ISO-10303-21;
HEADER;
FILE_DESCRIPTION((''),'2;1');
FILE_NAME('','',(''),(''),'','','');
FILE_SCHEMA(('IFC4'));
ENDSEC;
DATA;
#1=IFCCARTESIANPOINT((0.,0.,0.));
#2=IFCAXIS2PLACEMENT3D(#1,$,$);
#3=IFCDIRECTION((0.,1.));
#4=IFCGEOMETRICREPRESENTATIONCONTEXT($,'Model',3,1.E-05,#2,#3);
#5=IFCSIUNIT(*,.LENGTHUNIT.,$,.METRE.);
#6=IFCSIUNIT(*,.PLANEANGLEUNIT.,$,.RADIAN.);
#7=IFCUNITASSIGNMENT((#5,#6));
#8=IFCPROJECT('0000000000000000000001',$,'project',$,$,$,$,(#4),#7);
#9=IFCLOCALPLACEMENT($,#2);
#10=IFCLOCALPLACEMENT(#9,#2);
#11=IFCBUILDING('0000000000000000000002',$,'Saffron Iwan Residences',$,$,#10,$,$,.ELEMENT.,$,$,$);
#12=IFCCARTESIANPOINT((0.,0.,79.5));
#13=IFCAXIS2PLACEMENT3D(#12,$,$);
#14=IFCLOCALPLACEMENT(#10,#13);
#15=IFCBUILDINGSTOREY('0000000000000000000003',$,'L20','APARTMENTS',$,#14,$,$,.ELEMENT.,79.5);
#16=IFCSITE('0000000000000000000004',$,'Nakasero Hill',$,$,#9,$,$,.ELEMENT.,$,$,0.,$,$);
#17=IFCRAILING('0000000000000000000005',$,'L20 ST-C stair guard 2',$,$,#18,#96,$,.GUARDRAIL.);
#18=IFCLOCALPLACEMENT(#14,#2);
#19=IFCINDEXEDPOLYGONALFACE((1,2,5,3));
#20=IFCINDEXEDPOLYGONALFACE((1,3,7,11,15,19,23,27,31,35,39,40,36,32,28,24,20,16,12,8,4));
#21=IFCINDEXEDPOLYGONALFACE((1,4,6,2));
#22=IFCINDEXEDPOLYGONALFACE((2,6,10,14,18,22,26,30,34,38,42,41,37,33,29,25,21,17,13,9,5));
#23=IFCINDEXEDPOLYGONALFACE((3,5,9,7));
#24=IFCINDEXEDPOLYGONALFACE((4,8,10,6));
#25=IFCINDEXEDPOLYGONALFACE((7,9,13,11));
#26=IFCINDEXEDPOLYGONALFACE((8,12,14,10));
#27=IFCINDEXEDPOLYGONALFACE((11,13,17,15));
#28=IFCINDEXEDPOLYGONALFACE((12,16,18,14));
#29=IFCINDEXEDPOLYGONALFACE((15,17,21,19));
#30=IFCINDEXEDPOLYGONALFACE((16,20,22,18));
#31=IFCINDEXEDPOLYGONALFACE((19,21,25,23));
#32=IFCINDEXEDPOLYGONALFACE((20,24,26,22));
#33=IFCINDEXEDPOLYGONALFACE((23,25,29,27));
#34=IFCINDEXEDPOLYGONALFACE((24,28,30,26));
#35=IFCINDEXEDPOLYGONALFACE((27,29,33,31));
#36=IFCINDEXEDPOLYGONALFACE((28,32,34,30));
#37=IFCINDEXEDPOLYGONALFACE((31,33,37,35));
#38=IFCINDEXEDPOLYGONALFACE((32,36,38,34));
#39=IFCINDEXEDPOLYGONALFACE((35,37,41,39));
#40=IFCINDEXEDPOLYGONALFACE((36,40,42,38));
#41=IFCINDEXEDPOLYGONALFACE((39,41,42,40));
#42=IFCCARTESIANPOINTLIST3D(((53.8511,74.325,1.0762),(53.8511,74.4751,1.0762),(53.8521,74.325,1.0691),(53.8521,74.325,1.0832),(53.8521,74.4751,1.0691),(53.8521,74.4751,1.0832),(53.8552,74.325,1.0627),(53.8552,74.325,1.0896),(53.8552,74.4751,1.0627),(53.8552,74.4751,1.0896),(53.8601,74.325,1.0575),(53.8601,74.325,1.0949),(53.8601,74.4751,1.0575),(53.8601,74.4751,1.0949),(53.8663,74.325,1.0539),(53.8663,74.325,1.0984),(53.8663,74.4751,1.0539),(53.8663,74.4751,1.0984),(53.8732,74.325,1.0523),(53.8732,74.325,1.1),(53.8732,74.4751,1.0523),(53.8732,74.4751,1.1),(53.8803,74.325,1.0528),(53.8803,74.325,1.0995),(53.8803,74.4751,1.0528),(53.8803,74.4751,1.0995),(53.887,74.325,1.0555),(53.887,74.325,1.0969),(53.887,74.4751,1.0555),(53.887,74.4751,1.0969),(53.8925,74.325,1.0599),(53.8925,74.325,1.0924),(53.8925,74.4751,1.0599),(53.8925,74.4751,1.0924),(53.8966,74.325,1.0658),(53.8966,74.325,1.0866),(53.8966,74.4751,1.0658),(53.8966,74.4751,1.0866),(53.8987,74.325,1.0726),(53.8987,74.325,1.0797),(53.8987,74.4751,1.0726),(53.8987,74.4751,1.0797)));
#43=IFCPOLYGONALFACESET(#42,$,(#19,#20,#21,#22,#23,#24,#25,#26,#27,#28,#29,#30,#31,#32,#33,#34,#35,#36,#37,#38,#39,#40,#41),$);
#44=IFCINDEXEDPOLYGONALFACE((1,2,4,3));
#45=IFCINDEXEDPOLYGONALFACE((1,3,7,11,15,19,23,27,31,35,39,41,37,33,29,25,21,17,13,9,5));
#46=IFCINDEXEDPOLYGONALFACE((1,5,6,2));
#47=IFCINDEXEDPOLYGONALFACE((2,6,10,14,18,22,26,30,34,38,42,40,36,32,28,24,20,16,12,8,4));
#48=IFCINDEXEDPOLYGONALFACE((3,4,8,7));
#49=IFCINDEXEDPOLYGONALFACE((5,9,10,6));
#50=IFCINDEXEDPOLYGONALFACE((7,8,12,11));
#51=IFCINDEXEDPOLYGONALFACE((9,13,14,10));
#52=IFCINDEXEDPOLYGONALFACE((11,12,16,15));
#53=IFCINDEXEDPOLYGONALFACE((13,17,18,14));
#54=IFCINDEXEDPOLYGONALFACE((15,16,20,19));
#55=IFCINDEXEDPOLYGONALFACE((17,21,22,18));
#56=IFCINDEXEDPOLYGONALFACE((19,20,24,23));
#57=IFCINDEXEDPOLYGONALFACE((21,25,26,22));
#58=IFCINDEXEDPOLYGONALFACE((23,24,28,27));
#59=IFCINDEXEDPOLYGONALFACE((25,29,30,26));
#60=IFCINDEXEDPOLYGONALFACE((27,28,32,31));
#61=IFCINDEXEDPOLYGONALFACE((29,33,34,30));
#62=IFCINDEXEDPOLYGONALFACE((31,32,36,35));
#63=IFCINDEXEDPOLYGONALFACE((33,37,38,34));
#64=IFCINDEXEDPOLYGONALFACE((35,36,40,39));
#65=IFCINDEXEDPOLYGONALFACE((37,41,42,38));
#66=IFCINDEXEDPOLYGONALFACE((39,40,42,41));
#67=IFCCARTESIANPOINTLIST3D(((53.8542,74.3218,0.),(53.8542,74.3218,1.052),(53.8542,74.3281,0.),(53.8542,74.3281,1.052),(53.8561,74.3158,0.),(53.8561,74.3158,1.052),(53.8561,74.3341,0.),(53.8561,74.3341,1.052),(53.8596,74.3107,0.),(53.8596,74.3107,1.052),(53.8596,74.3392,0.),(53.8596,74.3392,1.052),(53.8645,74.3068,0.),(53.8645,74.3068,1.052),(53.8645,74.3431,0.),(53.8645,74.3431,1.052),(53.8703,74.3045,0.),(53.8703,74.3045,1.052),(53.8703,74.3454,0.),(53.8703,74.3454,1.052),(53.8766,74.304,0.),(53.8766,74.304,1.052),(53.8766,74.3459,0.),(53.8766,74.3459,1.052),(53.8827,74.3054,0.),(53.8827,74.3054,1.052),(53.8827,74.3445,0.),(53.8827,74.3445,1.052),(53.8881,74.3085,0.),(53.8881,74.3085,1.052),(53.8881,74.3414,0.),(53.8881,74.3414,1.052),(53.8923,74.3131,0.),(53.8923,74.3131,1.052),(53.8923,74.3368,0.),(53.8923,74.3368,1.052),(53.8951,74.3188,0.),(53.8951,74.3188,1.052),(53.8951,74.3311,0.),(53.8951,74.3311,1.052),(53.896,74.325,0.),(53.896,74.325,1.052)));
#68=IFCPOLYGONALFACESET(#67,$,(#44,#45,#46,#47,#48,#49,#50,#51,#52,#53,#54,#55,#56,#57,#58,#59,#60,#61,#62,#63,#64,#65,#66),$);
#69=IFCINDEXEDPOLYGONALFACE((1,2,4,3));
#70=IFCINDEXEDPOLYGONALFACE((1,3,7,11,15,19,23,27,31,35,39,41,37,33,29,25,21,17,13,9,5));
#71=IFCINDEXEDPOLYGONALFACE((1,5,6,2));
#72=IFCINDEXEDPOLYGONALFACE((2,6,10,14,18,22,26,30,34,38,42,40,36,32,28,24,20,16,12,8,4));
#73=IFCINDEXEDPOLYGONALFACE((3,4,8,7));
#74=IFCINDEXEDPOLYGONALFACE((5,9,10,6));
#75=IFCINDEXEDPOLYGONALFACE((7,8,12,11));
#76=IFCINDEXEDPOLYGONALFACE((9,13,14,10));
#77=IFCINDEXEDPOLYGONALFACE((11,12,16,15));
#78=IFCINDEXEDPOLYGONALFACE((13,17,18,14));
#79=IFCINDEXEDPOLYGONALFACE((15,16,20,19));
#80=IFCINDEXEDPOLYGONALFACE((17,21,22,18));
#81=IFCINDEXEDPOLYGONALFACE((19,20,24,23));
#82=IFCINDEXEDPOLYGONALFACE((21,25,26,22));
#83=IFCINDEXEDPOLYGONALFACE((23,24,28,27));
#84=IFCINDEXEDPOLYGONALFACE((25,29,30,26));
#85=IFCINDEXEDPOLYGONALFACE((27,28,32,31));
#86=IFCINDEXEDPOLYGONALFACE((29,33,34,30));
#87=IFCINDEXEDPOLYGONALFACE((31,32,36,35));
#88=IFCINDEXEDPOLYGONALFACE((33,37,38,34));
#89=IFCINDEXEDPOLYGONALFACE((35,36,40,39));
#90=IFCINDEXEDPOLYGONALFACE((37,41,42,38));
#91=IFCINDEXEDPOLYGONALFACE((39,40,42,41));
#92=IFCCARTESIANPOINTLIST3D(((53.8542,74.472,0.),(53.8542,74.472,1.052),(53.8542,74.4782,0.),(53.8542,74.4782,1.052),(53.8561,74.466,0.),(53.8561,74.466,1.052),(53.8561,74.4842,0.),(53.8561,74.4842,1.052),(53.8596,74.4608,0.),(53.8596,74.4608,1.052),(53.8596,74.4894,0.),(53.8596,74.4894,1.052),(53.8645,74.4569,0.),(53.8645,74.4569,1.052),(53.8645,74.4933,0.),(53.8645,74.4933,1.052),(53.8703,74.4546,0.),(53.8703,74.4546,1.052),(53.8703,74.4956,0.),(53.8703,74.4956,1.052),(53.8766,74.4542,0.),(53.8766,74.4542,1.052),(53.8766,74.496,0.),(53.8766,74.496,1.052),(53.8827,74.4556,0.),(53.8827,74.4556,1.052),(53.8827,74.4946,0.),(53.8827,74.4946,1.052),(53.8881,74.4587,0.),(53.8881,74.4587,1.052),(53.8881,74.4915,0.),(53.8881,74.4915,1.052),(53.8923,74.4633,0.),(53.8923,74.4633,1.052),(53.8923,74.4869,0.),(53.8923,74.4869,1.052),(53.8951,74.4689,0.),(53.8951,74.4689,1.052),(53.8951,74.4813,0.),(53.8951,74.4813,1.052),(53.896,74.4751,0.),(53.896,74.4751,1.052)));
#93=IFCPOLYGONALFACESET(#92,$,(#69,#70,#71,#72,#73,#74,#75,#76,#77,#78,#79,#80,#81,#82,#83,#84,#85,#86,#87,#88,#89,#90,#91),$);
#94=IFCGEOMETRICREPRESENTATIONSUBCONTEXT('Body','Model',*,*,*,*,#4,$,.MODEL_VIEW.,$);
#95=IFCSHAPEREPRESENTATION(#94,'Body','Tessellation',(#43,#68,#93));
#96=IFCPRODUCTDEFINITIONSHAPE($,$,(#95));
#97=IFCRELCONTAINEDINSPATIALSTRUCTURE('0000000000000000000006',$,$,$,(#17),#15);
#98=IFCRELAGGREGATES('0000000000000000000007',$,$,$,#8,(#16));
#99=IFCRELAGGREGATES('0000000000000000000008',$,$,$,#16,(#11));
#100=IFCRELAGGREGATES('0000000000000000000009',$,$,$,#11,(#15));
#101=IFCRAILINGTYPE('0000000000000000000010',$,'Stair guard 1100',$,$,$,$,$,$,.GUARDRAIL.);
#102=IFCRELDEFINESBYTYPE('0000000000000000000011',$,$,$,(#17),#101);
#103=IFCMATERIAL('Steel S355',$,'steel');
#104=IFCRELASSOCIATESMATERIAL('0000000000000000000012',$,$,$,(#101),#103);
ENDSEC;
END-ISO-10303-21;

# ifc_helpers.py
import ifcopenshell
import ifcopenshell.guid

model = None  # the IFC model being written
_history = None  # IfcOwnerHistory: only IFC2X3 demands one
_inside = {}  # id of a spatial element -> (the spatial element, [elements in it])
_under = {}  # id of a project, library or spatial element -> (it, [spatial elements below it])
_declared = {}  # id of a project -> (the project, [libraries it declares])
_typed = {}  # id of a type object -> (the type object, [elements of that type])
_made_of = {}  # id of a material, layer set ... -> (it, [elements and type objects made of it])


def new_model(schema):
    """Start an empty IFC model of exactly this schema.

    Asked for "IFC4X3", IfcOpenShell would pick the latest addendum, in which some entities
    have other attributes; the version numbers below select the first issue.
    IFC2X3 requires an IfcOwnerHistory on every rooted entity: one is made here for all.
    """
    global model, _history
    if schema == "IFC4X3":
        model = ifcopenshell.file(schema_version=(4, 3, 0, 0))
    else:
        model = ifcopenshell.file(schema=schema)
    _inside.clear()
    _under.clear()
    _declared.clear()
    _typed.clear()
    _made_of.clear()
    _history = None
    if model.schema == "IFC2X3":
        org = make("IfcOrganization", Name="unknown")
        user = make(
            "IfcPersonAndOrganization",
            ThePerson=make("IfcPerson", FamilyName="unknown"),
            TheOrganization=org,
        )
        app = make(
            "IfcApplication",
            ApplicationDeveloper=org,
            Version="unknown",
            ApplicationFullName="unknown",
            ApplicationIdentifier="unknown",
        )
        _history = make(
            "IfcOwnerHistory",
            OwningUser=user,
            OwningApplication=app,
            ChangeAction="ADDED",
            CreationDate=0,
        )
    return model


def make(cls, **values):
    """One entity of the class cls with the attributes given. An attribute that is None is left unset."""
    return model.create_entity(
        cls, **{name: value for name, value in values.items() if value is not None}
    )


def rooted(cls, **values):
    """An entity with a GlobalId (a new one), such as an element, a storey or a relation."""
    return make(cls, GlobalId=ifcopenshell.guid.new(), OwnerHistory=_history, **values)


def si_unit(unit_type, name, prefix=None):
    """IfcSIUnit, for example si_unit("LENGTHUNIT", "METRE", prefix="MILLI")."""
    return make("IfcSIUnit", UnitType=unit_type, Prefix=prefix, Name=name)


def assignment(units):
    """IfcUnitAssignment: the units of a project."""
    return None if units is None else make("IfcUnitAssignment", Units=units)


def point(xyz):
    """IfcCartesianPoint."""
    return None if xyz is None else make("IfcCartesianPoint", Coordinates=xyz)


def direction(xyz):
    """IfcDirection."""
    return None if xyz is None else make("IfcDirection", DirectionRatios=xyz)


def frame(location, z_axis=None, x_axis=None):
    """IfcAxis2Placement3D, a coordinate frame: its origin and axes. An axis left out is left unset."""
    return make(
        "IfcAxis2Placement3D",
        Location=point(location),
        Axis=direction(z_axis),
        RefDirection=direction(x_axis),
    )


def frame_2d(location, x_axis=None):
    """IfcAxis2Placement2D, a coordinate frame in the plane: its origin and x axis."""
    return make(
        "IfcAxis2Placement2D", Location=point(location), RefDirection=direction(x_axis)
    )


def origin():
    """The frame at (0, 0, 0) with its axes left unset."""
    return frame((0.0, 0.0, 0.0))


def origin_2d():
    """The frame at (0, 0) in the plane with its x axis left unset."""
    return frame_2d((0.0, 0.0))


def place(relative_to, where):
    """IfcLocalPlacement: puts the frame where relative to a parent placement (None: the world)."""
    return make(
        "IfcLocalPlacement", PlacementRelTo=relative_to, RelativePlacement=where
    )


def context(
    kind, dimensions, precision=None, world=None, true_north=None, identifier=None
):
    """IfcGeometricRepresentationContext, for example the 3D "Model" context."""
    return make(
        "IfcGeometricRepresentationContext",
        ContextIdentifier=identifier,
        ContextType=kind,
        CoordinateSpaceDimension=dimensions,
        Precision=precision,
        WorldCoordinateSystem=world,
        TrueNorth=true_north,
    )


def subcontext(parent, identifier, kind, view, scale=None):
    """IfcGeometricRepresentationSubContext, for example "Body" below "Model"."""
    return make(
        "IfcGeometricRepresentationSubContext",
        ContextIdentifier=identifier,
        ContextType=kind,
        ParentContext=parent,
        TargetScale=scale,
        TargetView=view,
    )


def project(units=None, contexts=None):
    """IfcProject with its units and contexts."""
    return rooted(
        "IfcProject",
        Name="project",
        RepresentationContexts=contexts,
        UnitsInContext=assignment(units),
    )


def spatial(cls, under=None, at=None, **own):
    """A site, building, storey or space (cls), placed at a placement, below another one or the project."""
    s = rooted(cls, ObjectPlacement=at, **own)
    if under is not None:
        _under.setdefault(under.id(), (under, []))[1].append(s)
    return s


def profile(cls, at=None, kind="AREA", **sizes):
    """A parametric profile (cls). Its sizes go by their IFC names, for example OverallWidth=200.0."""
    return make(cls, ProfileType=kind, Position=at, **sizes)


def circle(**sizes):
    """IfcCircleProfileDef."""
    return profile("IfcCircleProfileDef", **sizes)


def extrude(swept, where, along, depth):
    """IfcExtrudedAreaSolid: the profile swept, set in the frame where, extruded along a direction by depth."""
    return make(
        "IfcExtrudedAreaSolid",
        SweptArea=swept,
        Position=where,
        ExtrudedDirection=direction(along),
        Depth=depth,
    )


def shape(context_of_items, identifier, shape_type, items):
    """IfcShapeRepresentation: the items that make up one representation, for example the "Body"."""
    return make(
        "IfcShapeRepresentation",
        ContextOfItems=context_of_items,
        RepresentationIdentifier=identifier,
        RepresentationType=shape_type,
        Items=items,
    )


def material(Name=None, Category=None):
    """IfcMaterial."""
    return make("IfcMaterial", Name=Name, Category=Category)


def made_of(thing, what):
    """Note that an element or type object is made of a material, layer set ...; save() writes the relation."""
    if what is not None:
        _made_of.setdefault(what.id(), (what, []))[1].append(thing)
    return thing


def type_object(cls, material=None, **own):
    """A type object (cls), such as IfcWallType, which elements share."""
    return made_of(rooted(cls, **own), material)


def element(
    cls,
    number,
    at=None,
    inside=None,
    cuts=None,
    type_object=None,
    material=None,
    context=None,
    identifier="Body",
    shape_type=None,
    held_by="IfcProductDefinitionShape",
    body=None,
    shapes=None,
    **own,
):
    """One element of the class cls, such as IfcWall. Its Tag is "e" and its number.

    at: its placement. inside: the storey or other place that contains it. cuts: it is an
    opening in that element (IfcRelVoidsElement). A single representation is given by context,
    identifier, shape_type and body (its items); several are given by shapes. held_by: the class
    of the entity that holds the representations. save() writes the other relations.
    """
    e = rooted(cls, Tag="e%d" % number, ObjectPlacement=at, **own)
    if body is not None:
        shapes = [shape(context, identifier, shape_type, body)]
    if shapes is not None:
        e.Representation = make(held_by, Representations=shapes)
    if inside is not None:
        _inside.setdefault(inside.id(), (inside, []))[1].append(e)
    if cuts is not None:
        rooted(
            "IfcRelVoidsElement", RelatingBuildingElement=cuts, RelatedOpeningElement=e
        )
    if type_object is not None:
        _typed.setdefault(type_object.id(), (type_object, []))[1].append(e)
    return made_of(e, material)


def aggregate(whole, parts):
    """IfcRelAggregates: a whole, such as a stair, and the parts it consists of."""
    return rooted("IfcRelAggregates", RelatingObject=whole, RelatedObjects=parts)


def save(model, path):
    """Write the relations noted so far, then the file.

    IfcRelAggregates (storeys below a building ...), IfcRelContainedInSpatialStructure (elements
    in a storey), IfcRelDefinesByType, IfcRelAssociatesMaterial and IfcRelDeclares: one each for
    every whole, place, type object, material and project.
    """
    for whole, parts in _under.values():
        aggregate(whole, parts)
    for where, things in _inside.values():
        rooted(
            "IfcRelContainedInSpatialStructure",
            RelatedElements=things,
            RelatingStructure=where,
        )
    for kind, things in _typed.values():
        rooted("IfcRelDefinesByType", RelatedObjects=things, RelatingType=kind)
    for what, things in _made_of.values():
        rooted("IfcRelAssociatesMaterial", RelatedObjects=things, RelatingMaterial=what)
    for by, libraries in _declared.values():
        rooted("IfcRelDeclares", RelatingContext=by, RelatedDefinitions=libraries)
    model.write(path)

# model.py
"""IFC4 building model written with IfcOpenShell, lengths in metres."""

from ifc_helpers import new_model, si_unit, direction, frame, origin, origin_2d, place, context, subcontext, project, spatial, circle, extrude, material, type_object, element, save


model = new_model("IFC4")

# Units and contexts
model_context = context("Model", 3, precision=1e-05, world=origin(), true_north=direction((0.0, 1.0)))
body_context = subcontext(model_context, "Body", "Model", "MODEL_VIEW")
ifc_project = project(units=[si_unit("LENGTHUNIT", "METRE"), si_unit("PLANEANGLEUNIT", "RADIAN")], contexts=[model_context])

# Site, building, storey
site_placement = place(None, origin())
site = spatial("IfcSite", under=ifc_project, at=site_placement, Name="Nakasero Hill", CompositionType="ELEMENT", RefElevation=0.0)
building_placement = place(site_placement, origin())
building = spatial("IfcBuilding", under=site, at=building_placement, Name="Saffron Iwan Residences", CompositionType="ELEMENT")
storey_placement = place(building_placement, frame((0.0, 0.0, 79.5)))
storey = spatial("IfcBuildingStorey", under=building, at=storey_placement, Name="L20", Description="APARTMENTS", CompositionType="ELEMENT", Elevation=79.5)

# Railing
ifc_material_1 = material(Name="Steel S355", Category="steel")
railing_type_1 = type_object("IfcRailingType", Name="Stair guard 1100", PredefinedType="GUARDRAIL", material=ifc_material_1)
railing_1_placement = place(storey_placement, frame((53.875, 74.325, 0.0)))
element("IfcRailing", 1, at=railing_1_placement, inside=storey, type_object=railing_type_1, Name="L20 ST-C stair guard 2", PredefinedType="GUARDRAIL", context=body_context, shape_type="SweptSolid", body=[
    extrude(circle(Radius=0.0239, at=origin_2d()), frame((0.0, 0.0, 1.0762), z_axis=(0.0, 1.0, 0.0), x_axis=(-1.0, 0.0, 0.0)), (0.0, 0.0, 1.0), 0.1501),
    extrude(circle(Radius=0.021, at=origin_2d()), origin(), (0.0, 0.0, 1.0), 1.052),
    extrude(circle(Radius=0.021, at=origin_2d()), frame((0.0, 0.1501, 0.0)), (0.0, 0.0, 1.0), 1.052),
])

save(model, "model.ifc")
